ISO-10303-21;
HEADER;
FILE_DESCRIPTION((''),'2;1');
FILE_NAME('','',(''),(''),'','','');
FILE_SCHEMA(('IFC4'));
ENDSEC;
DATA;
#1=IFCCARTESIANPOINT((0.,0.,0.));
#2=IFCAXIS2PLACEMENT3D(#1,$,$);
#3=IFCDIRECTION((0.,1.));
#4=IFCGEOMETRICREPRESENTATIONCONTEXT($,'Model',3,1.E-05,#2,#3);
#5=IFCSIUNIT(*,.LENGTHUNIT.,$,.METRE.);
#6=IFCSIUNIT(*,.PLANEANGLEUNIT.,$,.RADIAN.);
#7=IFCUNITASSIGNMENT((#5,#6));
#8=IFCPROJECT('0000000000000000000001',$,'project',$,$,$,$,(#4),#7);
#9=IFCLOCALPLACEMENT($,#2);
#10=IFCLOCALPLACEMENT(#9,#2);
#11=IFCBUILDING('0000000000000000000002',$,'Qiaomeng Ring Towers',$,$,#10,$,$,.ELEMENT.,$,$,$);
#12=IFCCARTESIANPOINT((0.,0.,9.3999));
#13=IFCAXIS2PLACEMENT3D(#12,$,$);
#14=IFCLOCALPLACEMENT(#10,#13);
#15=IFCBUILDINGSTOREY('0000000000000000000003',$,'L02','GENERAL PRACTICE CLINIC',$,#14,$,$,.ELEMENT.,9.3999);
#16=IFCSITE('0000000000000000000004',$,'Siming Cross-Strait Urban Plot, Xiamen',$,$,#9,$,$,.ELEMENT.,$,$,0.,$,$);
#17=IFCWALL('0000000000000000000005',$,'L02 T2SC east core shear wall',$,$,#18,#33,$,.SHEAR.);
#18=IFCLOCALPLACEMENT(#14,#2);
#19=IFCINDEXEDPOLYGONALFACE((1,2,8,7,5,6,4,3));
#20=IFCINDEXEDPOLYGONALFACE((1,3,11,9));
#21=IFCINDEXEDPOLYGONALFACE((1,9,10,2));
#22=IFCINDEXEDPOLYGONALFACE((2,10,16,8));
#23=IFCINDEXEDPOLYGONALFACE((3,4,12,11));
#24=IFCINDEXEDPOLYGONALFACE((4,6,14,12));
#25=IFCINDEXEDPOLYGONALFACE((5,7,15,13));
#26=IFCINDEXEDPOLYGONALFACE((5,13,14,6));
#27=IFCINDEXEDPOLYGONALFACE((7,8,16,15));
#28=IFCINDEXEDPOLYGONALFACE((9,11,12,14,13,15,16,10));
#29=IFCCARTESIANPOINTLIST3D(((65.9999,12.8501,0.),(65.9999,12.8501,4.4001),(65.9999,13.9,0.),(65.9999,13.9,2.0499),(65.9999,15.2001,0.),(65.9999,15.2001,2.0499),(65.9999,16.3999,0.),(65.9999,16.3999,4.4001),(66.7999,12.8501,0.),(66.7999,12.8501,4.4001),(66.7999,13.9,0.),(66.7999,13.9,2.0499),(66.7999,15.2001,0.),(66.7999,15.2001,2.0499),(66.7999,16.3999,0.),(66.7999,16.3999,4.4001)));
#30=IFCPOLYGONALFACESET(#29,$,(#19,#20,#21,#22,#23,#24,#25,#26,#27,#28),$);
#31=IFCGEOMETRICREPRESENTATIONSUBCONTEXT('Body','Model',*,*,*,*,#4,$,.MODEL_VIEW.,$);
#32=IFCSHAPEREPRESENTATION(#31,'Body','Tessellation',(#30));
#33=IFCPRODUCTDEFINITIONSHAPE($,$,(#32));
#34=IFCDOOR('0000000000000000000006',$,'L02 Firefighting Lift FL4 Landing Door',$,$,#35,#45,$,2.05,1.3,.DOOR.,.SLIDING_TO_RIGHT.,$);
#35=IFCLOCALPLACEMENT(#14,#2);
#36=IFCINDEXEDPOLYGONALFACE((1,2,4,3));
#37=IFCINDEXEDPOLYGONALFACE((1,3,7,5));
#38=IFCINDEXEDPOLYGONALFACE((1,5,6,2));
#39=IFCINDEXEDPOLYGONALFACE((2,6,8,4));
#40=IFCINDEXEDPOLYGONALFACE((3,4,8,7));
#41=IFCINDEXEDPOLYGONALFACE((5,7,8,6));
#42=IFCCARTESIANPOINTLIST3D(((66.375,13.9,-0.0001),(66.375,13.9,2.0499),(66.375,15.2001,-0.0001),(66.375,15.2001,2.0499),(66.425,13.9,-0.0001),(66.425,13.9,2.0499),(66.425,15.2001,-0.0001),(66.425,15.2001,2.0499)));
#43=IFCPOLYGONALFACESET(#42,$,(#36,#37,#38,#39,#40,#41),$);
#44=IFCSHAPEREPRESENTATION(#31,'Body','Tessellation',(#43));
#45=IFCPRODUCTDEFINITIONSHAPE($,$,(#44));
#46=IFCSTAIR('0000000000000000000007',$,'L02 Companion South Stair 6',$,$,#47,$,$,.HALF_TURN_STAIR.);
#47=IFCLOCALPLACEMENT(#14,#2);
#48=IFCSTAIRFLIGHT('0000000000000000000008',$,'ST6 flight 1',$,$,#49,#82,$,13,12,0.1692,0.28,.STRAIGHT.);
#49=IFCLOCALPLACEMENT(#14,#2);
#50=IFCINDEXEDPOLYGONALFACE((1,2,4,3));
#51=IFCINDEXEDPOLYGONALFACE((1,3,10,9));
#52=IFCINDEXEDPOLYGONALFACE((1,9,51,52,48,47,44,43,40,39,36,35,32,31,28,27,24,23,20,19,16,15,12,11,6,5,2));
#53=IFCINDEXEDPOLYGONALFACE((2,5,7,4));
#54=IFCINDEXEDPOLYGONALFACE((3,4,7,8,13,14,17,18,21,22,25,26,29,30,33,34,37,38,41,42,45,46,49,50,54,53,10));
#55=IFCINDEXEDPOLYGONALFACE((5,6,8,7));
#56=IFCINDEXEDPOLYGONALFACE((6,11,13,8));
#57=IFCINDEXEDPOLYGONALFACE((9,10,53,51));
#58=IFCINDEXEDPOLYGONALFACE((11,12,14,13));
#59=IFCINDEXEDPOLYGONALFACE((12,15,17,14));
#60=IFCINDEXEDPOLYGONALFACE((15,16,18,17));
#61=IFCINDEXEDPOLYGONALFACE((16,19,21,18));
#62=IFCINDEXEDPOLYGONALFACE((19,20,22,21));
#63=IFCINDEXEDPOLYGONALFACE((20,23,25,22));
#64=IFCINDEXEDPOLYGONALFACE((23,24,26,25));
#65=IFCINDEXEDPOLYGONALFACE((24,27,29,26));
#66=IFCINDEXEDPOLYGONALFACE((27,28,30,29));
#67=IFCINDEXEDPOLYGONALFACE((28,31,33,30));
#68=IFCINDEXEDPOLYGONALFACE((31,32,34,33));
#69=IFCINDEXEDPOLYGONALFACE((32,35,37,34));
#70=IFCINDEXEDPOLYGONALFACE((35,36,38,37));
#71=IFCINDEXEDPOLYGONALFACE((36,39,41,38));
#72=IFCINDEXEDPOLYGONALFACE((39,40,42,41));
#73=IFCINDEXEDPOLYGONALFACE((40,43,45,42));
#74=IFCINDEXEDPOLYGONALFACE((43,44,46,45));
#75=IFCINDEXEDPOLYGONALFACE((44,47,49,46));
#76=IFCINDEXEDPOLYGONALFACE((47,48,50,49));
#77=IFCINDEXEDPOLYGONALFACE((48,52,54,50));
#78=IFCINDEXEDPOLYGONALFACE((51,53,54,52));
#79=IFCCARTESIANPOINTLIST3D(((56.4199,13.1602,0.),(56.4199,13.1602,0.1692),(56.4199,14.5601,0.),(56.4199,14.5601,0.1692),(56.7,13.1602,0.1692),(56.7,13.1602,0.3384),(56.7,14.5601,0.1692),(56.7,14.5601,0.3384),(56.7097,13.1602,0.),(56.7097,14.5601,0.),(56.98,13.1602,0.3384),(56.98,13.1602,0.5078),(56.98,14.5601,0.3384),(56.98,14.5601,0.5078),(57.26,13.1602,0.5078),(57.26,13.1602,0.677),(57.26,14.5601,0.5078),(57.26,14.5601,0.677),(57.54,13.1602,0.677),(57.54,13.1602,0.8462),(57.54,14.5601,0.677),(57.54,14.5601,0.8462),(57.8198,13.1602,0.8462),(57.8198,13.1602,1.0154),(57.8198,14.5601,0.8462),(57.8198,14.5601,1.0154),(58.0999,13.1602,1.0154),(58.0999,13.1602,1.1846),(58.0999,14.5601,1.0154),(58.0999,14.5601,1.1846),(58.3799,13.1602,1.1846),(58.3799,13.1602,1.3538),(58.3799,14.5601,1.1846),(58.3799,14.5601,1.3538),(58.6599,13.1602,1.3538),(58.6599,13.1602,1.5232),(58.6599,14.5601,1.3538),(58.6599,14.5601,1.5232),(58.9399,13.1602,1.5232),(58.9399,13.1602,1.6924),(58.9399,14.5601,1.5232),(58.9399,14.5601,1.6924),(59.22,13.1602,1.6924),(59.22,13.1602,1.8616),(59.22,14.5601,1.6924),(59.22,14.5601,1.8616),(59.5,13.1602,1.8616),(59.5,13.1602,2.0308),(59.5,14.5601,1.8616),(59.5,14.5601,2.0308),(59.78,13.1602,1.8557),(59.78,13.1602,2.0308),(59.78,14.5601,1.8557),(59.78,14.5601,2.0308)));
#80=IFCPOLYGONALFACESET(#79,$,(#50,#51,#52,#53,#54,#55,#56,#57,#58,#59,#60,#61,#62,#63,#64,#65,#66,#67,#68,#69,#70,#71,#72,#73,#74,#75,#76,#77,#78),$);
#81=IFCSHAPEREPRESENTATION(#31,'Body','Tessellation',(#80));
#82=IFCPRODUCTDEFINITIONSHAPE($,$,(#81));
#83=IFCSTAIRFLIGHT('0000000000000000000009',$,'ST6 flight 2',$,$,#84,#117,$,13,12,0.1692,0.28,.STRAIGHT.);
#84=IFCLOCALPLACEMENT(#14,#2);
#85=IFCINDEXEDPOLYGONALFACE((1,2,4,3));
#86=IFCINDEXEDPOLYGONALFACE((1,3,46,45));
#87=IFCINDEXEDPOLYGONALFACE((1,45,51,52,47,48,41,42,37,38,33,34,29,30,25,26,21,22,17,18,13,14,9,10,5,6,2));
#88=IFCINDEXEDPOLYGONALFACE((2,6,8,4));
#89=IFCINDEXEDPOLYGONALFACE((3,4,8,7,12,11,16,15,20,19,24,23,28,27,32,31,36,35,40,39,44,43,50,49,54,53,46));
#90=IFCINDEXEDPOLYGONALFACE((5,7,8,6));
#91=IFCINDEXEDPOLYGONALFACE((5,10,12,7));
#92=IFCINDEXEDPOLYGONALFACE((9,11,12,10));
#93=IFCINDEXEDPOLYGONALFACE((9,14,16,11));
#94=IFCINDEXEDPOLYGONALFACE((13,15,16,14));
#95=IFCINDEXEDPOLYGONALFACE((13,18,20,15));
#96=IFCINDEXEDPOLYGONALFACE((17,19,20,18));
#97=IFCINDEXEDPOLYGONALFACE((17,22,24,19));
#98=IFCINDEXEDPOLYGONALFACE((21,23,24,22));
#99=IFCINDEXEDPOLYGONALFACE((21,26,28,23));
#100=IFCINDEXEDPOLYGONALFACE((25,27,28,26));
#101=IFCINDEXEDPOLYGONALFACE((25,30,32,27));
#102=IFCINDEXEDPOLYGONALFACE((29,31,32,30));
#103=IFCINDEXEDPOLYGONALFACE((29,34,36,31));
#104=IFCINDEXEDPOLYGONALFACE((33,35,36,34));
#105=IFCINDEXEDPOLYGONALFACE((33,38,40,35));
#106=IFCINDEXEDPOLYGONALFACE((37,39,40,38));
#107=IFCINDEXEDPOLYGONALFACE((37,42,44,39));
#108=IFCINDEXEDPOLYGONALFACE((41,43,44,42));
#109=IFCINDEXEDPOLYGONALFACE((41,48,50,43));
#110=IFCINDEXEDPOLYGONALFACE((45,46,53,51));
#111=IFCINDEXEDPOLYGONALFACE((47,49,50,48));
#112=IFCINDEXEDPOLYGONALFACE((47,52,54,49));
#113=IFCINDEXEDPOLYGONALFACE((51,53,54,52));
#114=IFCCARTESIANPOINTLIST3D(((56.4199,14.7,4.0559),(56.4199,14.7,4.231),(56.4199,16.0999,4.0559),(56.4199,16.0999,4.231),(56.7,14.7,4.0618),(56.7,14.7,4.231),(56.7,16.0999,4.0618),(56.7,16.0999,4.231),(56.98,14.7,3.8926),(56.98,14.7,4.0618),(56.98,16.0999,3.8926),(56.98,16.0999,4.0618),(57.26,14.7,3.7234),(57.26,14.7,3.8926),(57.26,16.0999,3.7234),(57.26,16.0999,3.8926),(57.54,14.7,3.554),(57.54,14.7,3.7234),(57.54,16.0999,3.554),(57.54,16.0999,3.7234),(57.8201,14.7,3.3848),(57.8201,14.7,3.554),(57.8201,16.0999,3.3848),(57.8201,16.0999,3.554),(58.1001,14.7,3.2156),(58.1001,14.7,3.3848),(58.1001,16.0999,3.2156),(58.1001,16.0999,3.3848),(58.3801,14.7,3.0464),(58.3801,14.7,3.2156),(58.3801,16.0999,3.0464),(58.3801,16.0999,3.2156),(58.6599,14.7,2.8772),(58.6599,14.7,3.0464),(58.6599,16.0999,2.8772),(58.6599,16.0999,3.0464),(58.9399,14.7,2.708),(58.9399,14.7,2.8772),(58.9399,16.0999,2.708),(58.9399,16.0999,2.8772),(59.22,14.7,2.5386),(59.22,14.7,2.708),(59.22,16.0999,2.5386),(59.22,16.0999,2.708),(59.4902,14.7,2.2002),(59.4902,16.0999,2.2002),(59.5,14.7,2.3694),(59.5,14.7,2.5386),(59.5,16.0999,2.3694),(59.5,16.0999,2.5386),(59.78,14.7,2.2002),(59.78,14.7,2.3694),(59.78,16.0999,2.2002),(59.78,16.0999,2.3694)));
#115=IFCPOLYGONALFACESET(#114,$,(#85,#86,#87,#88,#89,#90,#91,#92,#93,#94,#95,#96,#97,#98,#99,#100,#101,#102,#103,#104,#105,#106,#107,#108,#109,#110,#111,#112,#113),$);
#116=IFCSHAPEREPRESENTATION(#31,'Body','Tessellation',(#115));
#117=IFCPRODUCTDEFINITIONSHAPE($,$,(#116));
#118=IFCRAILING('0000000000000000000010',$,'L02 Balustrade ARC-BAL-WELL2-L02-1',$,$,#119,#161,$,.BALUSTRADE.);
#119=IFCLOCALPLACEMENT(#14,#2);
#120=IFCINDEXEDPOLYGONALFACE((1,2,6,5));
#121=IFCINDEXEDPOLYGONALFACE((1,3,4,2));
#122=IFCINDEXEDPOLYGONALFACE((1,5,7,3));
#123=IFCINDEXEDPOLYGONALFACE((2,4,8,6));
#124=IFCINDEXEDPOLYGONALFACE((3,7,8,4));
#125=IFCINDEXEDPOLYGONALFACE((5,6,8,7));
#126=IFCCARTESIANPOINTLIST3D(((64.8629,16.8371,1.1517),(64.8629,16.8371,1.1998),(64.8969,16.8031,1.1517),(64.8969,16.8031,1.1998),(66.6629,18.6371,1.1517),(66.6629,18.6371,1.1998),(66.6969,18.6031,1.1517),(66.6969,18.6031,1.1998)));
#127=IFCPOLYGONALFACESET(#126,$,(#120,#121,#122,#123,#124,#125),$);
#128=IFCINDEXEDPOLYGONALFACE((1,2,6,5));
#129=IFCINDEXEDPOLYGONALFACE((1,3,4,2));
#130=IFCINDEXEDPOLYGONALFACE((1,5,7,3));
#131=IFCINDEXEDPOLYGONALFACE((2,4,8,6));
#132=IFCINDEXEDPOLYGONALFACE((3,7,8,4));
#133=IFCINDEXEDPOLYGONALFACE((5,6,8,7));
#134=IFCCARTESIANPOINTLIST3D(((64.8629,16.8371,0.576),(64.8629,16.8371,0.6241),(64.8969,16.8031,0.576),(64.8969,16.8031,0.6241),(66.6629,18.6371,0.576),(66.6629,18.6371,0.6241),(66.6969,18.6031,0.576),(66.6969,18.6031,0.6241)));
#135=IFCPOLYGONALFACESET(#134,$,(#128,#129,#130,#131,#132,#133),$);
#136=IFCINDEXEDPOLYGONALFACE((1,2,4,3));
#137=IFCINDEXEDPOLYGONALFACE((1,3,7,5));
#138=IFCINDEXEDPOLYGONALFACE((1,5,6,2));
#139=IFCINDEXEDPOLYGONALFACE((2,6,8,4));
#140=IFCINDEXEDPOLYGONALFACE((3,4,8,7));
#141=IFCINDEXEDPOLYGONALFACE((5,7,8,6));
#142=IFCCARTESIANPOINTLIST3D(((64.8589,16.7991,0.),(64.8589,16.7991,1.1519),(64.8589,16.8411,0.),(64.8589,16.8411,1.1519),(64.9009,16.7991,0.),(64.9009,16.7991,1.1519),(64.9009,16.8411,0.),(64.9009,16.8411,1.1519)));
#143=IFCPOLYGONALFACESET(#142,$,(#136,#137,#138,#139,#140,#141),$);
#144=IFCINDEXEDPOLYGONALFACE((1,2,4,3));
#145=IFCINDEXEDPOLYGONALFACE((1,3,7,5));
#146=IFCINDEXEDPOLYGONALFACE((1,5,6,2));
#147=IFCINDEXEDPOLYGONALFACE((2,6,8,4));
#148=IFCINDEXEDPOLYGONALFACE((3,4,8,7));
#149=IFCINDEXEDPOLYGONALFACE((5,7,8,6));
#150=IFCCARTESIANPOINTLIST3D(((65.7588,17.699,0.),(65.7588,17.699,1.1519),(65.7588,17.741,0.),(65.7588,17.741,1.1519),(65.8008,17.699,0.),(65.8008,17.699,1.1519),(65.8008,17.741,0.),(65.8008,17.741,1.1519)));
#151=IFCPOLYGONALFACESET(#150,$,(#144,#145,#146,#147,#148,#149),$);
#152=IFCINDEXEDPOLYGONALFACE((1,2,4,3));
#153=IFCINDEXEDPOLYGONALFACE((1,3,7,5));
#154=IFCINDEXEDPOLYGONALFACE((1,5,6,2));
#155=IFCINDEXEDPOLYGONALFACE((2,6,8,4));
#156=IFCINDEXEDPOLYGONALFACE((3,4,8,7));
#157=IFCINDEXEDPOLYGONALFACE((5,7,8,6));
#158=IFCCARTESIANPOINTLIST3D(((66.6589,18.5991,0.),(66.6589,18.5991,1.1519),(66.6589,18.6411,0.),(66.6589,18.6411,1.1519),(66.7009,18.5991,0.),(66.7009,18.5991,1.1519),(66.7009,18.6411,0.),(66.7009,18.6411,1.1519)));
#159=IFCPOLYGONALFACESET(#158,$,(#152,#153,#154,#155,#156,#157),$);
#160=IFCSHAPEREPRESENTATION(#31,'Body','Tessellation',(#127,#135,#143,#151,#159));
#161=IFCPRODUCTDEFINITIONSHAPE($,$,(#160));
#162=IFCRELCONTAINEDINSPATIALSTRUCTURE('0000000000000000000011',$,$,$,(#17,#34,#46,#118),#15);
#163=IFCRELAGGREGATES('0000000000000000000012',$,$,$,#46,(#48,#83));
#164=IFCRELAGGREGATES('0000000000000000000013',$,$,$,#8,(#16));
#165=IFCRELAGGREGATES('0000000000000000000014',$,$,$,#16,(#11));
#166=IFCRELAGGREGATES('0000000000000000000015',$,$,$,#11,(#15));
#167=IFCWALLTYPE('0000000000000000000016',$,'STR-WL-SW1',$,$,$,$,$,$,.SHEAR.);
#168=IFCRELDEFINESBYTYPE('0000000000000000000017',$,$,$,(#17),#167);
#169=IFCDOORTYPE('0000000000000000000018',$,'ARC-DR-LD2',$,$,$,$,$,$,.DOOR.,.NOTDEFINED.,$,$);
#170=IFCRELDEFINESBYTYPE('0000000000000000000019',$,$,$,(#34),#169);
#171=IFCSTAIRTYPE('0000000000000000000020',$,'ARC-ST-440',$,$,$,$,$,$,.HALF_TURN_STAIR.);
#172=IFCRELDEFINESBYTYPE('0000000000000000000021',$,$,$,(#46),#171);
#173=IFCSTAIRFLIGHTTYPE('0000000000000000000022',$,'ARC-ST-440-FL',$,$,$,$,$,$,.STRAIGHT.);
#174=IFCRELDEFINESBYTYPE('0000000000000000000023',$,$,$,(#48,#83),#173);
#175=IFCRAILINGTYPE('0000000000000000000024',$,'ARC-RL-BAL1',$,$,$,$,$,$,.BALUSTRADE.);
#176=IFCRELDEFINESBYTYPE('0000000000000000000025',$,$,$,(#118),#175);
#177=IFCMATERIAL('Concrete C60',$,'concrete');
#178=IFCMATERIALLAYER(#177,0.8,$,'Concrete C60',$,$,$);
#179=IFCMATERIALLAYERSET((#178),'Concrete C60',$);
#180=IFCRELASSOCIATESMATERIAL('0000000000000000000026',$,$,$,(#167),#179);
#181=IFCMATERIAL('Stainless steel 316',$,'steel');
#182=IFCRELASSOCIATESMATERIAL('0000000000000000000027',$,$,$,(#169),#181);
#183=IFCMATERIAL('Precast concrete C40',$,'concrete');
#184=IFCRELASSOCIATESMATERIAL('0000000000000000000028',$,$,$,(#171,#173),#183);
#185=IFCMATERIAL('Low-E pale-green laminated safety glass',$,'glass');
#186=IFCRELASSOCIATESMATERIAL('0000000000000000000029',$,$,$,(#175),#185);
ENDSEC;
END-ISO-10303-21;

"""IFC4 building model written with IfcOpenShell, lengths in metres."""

from ifc_helpers import new_model, si_unit, direction, frame, frame_2d, origin, origin_2d, place, context, subcontext, project, spatial, polyline, rectangle, outline, extrude, source, transform, mapped, material, layer, layer_set, type_object, element, fill, aggregate, save


model = new_model("IFC4")

# Units and contexts
model_context = context("Model", 3, precision=1e-05, world=origin(), true_north=direction((0.0, 1.0)))
body_context = subcontext(model_context, "Body", "Model", "MODEL_VIEW")
ifc_project = project(units=[si_unit("LENGTHUNIT", "METRE"), si_unit("PLANEANGLEUNIT", "RADIAN")], contexts=[model_context])

# Site, building, storey
site_placement = place(None, origin())
site = spatial("IfcSite", under=ifc_project, at=site_placement, Name="Siming Cross-Strait Urban Plot, Xiamen", CompositionType="ELEMENT", RefElevation=0.0)
building_placement = place(site_placement, origin())
building = spatial("IfcBuilding", under=site, at=building_placement, Name="Qiaomeng Ring Towers", CompositionType="ELEMENT")
storey_placement = place(building_placement, frame((0.0, 0.0, 9.3999)))
storey = spatial("IfcBuildingStorey", under=building, at=storey_placement, Name="L02", Description="GENERAL PRACTICE CLINIC", CompositionType="ELEMENT", Elevation=9.3999)

# Wall, opening, door
ifc_material_1 = material(Name="Concrete C60", Category="concrete")
ifc_layer_1 = layer(ifc_material_1, 0.8, Name="Concrete C60")
ifc_layer_set_1 = layer_set([ifc_layer_1], Name="Concrete C60")
wall_type_1 = type_object("IfcWallType", Name="STR-WL-SW1", PredefinedType="SHEAR", material=ifc_layer_set_1)
wall_1_placement = place(storey_placement, frame((66.3999, 12.8501, 0.0), z_axis=(0.0, 0.0, 1.0), x_axis=(0.0, 1.0, 0.0)))
wall_1 = element("IfcWall", 1, at=wall_1_placement, inside=storey, type_object=wall_type_1, Name="L02 T2SC east core shear wall", PredefinedType="SHEAR", context=body_context, shape_type="SweptSolid", body=[
    extrude(rectangle(XDim=3.5498, YDim=0.8, at=frame_2d((1.7749, 0.0))), origin(), (0.0, 0.0, 1.0), 4.4001),
])
opening_1_placement = place(wall_1_placement, frame((1.05, 0.0, 0.0)))
opening_1 = element("IfcOpeningElement", 2, at=opening_1_placement, cuts=wall_1, PredefinedType="OPENING", context=body_context, shape_type="SweptSolid", body=[
    extrude(rectangle(XDim=1.3, YDim=2.05, at=frame_2d((0.6499, 1.0249))), frame((0.0, 0.4099, 0.0), z_axis=(0.0, -1.0, 0.0), x_axis=(1.0, 0.0, 0.0)), (0.0, 0.0, 1.0), 0.8201),
])
ifc_material_2 = material(Name="Stainless steel 316", Category="steel")
door_type_1 = type_object("IfcDoorType", Name="ARC-DR-LD2", OperationType="NOTDEFINED", PredefinedType="DOOR", material=ifc_material_2)
shared_shape_1 = source(origin(), body_context, "Body", "SweptSolid", [
    extrude(rectangle(XDim=1.3, YDim=2.05, at=frame_2d((0.6499, 1.0249))), frame((0.0, 0.0249, 0.0), z_axis=(0.0, -1.0, 0.0), x_axis=(1.0, 0.0, 0.0)), (0.0, 0.0, 1.0), 0.05),
])
door_1_placement = place(opening_1_placement, origin())
door_1 = element("IfcDoor", 3, at=door_1_placement, inside=storey, type_object=door_type_1, Name="L02 Firefighting Lift FL4 Landing Door", OperationType="SLIDING_TO_RIGHT", OverallHeight=2.05, OverallWidth=1.3, PredefinedType="DOOR", context=body_context, shape_type="MappedRepresentation", body=[
    mapped(shared_shape_1, transform((0.0, 0.0, 0.0), x_axis=(1.0, 0.0, 0.0), y_axis=(0.0, 1.0, 0.0), z_axis=(0.0, 0.0, 1.0), scale=1.0)),
])
fill(opening_1, door_1)

# Stair, stair flights
ifc_material_3 = material(Name="Precast concrete C40", Category="concrete")
stair_type = type_object("IfcStairType", Name="ARC-ST-440", PredefinedType="HALF_TURN_STAIR", material=ifc_material_3)
stair_placement = place(storey_placement, origin())
stair = element("IfcStair", 4, at=stair_placement, inside=storey, type_object=stair_type, Name="L02 Companion South Stair 6", PredefinedType="HALF_TURN_STAIR")
stair_flight_type = type_object("IfcStairFlightType", Name="ARC-ST-440-FL", PredefinedType="STRAIGHT", material=ifc_material_3)
shared_shape_2 = source(origin(), body_context, "Body", "SweptSolid", [
    extrude(outline(polyline([(0.0, 0.0), (0.0, 0.1692), (0.28, 0.1692), (0.28, 0.3384), (0.5601, 0.3384), (0.5601, 0.5078), (0.8401, 0.5078), (0.8401, 0.677), (1.1201, 0.677), (1.1201, 0.8462), (1.3999, 0.8462), (1.3999, 1.0154), (1.6799, 1.0154), (1.6799, 1.1846), (1.96, 1.1846), (1.96, 1.3538), (2.24, 1.3538), (2.24, 1.5232), (2.52, 1.5232), (2.52, 1.6924), (2.8, 1.6924), (2.8, 1.8616), (3.0801, 1.8616), (3.0801, 2.0308), (3.3601, 2.0308), (3.3601, 2.2), (3.3601, 1.8557), (0.2898, 0.0), (0.0, 0.0)])), frame((0.0, 0.7, 0.0), z_axis=(0.0, -1.0, 0.0), x_axis=(1.0, 0.0, 0.0)), (0.0, 0.0, 1.0), 1.3999),
])
stair_flight_1_placement = place(storey_placement, frame((56.4199, 13.8601, 0.0), z_axis=(0.0, 0.0, 1.0), x_axis=(1.0, 0.0, 0.0)))
stair_flight_1 = element("IfcStairFlight", 5, at=stair_flight_1_placement, type_object=stair_flight_type, Name="ST6 flight 1", NumberOfRisers=13, NumberOfTreads=12, PredefinedType="STRAIGHT", RiserHeight=0.1692, TreadLength=0.28, context=body_context, shape_type="MappedRepresentation", body=[
    mapped(shared_shape_2, transform((0.0, 0.0, 0.0), x_axis=(1.0, 0.0, 0.0), y_axis=(0.0, 1.0, 0.0), z_axis=(0.0, 0.0, 1.0), scale=1.0)),
])
stair_flight_2_placement = place(storey_placement, frame((59.78, 15.3999, 2.2002), z_axis=(0.0, 0.0, 1.0), x_axis=(-1.0, 0.0, 0.0)))
stair_flight_2 = element("IfcStairFlight", 6, at=stair_flight_2_placement, type_object=stair_flight_type, Name="ST6 flight 2", NumberOfRisers=13, NumberOfTreads=12, PredefinedType="STRAIGHT", RiserHeight=0.1692, TreadLength=0.28, context=body_context, shape_type="MappedRepresentation", body=[
    mapped(shared_shape_2, transform((0.0, 0.0, 0.0), x_axis=(1.0, 0.0, 0.0), y_axis=(0.0, 1.0, 0.0), z_axis=(0.0, 0.0, 1.0), scale=1.0)),
])
aggregate(stair, [stair_flight_1, stair_flight_2])

# Railing
ifc_material_4 = material(Name="Low-E pale-green laminated safety glass", Category="glass")
railing_type_1 = type_object("IfcRailingType", Name="ARC-RL-BAL1", PredefinedType="BALUSTRADE", material=ifc_material_4)
railing_1_placement = place(storey_placement, frame((64.8799, 16.8201, 0.0)))
element("IfcRailing", 7, at=railing_1_placement, inside=storey, type_object=railing_type_1, Name="L02 Balustrade ARC-BAL-WELL2-L02-1", PredefinedType="BALUSTRADE", context=body_context, shape_type="SweptSolid", body=[
    extrude(rectangle(XDim=0.0481, YDim=0.0481, at=origin_2d()), frame((0.0, 0.0, 1.1758), z_axis=(0.707107, 0.707107, 0.0), x_axis=(-0.707107, 0.707107, 0.0)), (0.0, 0.0, 1.0), 2.5457),
    extrude(rectangle(XDim=0.0481, YDim=0.0481, at=origin_2d()), frame((0.0, 0.0, 0.6001), z_axis=(0.707107, 0.707107, 0.0), x_axis=(-0.707107, 0.707107, 0.0)), (0.0, 0.0, 1.0), 2.5457),
    extrude(rectangle(XDim=0.042, YDim=0.042, at=origin_2d()), origin(), (0.0, 0.0, 1.0), 1.1519),
    extrude(rectangle(XDim=0.042, YDim=0.042, at=origin_2d()), frame((0.8999, 0.8999, 0.0)), (0.0, 0.0, 1.0), 1.1519),
    extrude(rectangle(XDim=0.042, YDim=0.042, at=origin_2d()), frame((1.8, 1.8, 0.0)), (0.0, 0.0, 1.0), 1.1519),
])

save(model, "model.ifc")
